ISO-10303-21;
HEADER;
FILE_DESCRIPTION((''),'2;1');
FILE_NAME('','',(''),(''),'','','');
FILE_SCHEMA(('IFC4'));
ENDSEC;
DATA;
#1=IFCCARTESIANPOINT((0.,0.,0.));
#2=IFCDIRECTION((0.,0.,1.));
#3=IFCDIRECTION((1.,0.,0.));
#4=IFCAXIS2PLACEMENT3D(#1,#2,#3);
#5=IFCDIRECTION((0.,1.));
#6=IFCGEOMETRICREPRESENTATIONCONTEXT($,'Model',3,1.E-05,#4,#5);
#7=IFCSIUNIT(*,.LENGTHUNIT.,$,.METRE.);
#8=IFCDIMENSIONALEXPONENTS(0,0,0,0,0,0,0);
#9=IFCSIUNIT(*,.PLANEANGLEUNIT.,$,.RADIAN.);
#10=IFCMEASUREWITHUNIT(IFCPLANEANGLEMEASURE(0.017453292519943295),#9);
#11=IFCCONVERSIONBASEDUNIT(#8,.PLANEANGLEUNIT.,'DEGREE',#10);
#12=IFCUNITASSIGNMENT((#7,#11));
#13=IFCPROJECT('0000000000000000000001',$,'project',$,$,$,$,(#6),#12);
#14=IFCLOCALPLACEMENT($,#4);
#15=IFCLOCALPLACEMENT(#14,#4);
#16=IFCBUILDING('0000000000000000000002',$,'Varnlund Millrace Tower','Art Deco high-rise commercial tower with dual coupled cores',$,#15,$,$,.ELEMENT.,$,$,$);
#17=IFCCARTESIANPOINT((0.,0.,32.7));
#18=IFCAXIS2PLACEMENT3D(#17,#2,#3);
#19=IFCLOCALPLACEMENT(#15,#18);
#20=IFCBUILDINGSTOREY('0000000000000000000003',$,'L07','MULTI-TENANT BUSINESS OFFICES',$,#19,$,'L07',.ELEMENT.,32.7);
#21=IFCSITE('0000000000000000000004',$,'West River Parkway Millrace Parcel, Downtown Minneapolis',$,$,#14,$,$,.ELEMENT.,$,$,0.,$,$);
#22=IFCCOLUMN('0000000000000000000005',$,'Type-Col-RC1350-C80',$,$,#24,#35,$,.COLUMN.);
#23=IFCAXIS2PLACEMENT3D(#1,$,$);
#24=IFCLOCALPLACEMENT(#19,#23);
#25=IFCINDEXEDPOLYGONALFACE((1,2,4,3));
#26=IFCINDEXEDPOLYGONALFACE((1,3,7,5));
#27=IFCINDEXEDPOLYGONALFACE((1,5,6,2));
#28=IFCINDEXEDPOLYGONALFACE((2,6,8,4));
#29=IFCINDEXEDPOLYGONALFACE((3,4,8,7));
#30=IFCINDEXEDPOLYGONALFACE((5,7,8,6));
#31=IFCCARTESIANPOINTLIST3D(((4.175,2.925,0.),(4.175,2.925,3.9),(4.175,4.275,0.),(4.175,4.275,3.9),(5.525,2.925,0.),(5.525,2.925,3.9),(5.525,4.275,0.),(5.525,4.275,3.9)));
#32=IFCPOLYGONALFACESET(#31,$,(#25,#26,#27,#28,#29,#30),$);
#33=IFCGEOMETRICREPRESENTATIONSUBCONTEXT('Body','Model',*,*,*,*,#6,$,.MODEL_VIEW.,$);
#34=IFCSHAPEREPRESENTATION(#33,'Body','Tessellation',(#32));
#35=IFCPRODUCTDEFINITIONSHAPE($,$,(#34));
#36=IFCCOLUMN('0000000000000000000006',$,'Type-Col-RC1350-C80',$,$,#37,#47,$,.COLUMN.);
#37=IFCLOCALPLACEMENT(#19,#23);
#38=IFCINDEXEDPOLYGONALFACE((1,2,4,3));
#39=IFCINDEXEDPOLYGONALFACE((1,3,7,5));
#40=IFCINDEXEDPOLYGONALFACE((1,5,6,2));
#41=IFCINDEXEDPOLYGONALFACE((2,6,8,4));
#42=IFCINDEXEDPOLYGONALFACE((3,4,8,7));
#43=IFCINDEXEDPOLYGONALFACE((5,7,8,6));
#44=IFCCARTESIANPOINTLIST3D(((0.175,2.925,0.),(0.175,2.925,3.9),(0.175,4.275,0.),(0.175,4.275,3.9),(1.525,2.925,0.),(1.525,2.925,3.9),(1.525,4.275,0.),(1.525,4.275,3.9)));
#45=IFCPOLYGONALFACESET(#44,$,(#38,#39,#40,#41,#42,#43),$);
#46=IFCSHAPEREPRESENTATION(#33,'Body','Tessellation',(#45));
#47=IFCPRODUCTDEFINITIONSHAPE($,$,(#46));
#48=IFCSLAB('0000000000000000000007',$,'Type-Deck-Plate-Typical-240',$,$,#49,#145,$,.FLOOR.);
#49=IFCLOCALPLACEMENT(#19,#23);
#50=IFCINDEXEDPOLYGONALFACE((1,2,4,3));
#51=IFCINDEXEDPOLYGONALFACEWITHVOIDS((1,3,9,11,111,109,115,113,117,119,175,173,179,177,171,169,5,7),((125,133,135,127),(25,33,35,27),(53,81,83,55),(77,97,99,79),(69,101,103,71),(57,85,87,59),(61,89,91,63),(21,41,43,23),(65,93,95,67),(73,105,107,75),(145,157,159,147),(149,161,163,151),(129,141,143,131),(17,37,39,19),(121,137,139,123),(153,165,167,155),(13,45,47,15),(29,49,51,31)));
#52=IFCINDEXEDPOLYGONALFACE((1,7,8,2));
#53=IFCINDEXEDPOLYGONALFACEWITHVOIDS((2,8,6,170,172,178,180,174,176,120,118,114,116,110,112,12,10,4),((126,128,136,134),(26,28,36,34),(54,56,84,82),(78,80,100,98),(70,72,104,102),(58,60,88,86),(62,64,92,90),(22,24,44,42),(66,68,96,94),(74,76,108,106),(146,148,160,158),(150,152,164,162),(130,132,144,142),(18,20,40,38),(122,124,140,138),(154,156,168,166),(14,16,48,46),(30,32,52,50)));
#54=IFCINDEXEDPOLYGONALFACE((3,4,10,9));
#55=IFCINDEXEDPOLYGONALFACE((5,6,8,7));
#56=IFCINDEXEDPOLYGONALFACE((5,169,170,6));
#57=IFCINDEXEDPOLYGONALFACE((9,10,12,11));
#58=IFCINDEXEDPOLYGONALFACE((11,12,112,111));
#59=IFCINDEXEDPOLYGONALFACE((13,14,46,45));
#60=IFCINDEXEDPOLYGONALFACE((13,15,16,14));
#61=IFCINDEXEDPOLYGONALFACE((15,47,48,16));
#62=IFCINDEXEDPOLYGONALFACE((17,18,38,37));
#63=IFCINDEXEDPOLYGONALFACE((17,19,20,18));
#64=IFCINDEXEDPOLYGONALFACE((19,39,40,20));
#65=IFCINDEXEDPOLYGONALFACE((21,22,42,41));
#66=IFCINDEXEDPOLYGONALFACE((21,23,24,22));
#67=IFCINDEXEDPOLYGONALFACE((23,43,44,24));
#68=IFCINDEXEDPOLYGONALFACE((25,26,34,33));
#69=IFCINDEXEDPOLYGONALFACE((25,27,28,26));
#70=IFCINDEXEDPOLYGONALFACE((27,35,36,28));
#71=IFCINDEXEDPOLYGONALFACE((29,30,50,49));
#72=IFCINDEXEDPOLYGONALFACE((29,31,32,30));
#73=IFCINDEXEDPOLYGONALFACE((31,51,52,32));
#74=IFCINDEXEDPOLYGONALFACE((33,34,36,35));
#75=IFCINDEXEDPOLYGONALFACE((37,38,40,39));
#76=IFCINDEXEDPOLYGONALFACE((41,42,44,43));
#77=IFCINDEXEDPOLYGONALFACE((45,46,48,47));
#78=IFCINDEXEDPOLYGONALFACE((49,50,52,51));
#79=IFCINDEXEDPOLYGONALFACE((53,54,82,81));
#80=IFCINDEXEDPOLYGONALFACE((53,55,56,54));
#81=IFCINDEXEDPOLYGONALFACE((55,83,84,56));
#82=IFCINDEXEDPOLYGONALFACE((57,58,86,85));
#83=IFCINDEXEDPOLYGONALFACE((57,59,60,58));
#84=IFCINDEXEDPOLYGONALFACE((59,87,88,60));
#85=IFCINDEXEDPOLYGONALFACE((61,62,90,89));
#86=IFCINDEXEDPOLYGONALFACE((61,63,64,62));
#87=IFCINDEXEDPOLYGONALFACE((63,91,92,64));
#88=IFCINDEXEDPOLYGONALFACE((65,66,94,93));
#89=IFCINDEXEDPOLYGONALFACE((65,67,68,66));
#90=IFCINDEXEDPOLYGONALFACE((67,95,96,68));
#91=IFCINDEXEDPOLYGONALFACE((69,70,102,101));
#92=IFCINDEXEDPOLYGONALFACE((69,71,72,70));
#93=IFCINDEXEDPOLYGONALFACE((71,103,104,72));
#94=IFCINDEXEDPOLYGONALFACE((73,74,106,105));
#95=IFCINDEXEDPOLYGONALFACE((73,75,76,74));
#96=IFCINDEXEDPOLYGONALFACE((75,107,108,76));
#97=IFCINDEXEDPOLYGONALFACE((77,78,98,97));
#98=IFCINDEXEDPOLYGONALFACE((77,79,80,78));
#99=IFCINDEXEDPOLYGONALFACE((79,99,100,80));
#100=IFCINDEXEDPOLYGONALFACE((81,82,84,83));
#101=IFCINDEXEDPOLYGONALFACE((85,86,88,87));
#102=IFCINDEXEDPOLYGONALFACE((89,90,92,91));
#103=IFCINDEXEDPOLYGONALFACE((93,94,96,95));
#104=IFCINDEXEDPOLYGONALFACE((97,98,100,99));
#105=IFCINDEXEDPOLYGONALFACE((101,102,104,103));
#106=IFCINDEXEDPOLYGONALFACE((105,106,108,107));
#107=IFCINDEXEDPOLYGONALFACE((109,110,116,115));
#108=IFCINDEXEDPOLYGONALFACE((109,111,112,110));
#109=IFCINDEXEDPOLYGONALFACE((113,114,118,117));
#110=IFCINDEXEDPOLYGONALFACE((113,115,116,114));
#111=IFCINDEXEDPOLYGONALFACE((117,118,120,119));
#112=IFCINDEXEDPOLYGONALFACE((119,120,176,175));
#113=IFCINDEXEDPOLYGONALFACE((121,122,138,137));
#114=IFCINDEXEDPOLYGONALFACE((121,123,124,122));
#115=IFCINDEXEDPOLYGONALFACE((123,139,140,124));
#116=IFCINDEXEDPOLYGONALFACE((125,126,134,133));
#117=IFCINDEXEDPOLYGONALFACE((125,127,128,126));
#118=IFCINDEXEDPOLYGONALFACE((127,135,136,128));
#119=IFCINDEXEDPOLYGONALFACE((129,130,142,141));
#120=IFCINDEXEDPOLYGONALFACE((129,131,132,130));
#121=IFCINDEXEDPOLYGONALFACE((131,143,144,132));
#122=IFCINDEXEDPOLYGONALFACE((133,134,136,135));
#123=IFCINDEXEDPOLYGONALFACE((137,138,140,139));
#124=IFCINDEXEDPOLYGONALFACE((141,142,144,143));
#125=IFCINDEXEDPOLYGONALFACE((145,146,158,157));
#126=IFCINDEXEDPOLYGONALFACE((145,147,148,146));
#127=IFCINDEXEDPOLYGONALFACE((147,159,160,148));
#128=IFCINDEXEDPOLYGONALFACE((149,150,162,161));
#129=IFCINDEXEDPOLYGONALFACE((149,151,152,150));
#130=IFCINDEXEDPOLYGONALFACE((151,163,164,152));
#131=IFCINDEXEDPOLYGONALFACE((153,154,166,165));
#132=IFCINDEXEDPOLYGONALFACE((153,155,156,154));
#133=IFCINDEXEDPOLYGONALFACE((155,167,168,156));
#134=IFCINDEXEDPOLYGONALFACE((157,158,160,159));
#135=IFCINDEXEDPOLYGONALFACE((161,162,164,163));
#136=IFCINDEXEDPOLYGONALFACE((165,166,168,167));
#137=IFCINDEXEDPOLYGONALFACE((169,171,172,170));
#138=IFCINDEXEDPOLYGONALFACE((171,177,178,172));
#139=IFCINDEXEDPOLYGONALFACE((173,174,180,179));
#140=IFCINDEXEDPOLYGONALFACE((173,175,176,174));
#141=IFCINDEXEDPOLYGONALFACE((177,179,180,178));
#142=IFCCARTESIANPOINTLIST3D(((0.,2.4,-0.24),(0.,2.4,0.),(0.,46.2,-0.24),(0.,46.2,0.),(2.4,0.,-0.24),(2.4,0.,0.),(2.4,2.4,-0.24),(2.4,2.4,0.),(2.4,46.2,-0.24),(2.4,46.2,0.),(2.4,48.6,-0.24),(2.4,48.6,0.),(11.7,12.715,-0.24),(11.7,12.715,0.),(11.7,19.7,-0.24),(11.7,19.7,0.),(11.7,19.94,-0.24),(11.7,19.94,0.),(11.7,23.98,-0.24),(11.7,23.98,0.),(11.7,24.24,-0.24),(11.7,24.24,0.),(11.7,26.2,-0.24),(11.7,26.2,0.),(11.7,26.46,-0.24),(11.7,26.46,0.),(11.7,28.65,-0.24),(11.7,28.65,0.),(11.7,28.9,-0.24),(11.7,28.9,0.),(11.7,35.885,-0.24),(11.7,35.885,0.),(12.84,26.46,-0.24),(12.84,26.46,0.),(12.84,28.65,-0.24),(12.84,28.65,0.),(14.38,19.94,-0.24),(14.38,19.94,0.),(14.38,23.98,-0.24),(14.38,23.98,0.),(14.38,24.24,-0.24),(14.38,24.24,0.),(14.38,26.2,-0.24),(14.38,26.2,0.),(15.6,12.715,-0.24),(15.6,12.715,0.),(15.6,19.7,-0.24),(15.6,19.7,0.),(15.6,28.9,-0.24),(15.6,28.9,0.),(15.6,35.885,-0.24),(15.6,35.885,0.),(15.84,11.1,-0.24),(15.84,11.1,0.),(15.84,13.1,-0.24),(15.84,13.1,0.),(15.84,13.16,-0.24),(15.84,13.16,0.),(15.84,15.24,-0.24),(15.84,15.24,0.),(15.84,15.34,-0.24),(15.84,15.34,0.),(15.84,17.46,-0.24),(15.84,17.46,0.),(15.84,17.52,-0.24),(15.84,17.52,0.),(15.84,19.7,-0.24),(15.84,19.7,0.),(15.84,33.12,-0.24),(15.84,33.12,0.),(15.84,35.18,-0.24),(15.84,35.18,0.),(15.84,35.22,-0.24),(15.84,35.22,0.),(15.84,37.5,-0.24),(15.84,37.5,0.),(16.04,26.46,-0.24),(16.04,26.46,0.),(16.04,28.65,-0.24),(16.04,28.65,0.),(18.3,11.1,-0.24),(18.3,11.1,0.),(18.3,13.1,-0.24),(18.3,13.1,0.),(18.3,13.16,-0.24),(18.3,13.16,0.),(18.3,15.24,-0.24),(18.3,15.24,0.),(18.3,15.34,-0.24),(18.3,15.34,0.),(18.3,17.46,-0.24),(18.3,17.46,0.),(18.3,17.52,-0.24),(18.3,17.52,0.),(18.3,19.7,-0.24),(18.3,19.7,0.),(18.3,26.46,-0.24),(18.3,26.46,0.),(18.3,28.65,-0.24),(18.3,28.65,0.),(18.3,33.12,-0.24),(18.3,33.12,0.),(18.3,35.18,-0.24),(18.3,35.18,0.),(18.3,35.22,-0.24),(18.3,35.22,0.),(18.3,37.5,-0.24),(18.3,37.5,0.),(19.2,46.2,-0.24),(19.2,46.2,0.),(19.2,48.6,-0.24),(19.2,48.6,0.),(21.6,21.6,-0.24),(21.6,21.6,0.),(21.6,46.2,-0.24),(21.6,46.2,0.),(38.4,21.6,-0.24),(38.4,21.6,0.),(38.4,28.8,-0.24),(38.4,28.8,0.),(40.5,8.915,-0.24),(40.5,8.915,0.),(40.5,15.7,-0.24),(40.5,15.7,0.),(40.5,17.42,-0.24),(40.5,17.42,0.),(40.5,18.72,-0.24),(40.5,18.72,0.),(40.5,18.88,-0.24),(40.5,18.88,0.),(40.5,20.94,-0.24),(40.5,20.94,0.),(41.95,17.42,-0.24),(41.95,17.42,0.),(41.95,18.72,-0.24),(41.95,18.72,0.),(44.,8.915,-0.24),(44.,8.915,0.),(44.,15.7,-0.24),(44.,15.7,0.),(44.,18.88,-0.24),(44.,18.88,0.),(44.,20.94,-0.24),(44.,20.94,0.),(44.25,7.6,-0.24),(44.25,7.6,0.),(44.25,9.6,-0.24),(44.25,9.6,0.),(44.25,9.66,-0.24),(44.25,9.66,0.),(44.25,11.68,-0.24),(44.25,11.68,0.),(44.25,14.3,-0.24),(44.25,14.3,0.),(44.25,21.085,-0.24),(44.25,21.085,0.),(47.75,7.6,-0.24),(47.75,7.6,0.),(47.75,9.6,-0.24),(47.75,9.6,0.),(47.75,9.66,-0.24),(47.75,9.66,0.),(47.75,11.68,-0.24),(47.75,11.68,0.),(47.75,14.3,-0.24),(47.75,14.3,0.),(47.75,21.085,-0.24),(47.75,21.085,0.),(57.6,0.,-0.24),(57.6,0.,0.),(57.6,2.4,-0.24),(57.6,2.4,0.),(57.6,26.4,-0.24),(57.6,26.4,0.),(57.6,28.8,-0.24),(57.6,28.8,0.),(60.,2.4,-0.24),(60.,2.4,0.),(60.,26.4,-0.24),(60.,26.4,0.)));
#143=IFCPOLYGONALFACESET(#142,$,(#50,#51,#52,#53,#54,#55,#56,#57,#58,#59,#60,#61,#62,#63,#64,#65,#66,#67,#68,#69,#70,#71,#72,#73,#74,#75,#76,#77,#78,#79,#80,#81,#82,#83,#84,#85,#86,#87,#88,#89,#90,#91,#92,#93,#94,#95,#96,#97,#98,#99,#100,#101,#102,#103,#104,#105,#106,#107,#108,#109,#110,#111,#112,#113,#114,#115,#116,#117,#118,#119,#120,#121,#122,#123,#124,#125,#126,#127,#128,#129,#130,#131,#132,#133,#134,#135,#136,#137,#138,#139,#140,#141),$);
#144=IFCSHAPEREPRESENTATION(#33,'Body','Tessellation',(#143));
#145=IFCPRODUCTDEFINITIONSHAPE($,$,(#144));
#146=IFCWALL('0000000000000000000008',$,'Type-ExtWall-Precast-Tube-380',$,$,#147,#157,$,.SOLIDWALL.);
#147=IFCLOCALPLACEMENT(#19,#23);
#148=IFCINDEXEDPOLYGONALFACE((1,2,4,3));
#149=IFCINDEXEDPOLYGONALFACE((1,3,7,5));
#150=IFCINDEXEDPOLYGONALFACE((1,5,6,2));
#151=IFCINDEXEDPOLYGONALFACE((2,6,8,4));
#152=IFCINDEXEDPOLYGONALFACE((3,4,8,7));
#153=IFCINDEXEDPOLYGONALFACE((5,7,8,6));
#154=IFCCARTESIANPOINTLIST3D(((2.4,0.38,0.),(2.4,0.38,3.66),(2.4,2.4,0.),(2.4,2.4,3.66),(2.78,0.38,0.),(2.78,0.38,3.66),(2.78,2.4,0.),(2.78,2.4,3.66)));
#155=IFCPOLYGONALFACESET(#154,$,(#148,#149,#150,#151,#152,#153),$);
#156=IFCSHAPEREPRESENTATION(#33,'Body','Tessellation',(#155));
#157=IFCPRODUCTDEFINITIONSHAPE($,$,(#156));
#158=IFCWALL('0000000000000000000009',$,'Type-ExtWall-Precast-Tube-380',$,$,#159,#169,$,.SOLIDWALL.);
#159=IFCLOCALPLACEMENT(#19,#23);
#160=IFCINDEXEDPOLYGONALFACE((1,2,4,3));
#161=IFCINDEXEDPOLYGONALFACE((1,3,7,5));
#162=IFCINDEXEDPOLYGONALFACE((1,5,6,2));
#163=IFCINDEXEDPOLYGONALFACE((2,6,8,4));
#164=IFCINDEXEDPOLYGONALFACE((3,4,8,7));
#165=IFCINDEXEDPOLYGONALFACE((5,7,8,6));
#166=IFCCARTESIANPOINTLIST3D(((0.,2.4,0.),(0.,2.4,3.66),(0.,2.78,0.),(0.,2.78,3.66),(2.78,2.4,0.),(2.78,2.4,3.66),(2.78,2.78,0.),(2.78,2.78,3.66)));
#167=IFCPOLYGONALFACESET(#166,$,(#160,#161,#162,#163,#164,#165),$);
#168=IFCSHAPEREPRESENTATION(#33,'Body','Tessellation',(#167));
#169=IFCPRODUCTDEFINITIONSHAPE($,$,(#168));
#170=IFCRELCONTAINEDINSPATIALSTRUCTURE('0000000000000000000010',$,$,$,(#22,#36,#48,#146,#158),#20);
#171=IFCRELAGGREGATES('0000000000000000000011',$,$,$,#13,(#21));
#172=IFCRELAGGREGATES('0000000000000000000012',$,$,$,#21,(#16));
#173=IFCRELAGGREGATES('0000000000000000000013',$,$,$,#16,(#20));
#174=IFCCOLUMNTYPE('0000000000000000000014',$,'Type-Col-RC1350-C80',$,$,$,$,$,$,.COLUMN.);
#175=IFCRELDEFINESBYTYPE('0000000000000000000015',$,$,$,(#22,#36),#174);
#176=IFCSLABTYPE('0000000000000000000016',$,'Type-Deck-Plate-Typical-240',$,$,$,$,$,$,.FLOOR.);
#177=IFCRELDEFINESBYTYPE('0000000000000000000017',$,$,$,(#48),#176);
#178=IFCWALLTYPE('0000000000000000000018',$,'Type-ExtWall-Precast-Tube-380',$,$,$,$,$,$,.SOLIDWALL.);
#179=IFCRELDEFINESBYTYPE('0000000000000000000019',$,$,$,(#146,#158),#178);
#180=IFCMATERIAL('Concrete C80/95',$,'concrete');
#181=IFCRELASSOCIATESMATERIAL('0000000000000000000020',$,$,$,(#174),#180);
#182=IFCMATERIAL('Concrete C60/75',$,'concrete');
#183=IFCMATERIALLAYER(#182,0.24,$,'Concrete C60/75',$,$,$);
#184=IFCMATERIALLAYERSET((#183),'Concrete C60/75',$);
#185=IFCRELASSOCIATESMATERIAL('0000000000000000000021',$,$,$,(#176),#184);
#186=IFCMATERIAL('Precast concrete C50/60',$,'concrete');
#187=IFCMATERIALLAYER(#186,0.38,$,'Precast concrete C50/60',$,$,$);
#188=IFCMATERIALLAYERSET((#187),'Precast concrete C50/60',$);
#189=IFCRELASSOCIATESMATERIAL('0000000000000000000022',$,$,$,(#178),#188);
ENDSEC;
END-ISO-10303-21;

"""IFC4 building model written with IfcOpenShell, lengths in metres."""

from ifc_helpers import new_model, entity, si_unit, converted_unit, direction, frame, origin_with_axes, origin_2d_with_axis, place, context, subcontext, project, spatial, polyline, rectangle, outline, extrude, material, layer, layer_set, material_profile, profile_set, type_object, element, save


model = new_model("IFC4")

# Units and contexts
model_context = context("Model", 3, precision=1e-05, world=origin_with_axes(), true_north=direction((0.0, 1.0)))
body_context = subcontext(model_context, "Body", "Model", "MODEL_VIEW")
ifc_project = project(units=[si_unit("LENGTHUNIT", "METRE"), converted_unit("PLANEANGLEUNIT", "DEGREE", entity("IfcPlaneAngleMeasure", 0.017453292519943295), si_unit("PLANEANGLEUNIT", "RADIAN"), dimensions=[0, 0, 0, 0, 0, 0, 0])], contexts=[model_context])

# Site, building, storey
site_placement = place(None, origin_with_axes())
site = spatial("IfcSite", under=ifc_project, at=site_placement, Name="West River Parkway Millrace Parcel, Downtown Minneapolis", CompositionType="ELEMENT", RefElevation=0.0)
building_placement = place(site_placement, origin_with_axes())
building = spatial("IfcBuilding", under=site, at=building_placement, Name="Varnlund Millrace Tower", Description="Art Deco high-rise commercial tower with dual coupled cores", CompositionType="ELEMENT")
storey_placement = place(building_placement, frame((0.0, 0.0, 32.7), z_axis=(0.0, 0.0, 1.0), x_axis=(1.0, 0.0, 0.0)))
storey = spatial("IfcBuildingStorey", under=building, at=storey_placement, Name="L07", Description="MULTI-TENANT BUSINESS OFFICES", LongName="L07", CompositionType="ELEMENT", Elevation=32.7)

# Columns
ifc_material_1 = material(Name="Concrete C80/95", Category="concrete")
ifc_material_profile = material_profile(ifc_material_1, rectangle(XDim=1.35, YDim=1.35, at=origin_2d_with_axis()), Name="Concrete C80/95")
ifc_profile_set = profile_set([ifc_material_profile], Name="Concrete C80/95")
column_type = type_object("IfcColumnType", Name="Type-Col-RC1350-C80", PredefinedType="COLUMN", material=ifc_profile_set)
for number, where, z_axis, x_axis, name in (
    (1, (4.85, 3.6, 0.0), (0.0, 0.0, 1.0), (1.0, 0.0, 0.0), "Type-Col-RC1350-C80"),
    (2, (0.85, 3.6, 0.0), (0.0, 0.0, 1.0), (1.0, 0.0, 0.0), "Type-Col-RC1350-C80"),
):
    element("IfcColumn", number, at=place(storey_placement, frame(where, z_axis=z_axis, x_axis=x_axis)), inside=storey, type_object=column_type, Name=name, PredefinedType="COLUMN", context=body_context, shape_type="SweptSolid", body=[
        extrude(rectangle(XDim=1.35, YDim=1.35, at=origin_2d_with_axis()), origin_with_axes(), (0.0, 0.0, 1.0), 3.9),
    ])

# Slab
ifc_material_2 = material(Name="Concrete C60/75", Category="concrete")
ifc_layer_1 = layer(ifc_material_2, 0.24, Name="Concrete C60/75")
ifc_layer_set_1 = layer_set([ifc_layer_1], Name="Concrete C60/75")
slab_type = type_object("IfcSlabType", Name="Type-Deck-Plate-Typical-240", PredefinedType="FLOOR", material=ifc_layer_set_1)
slab_placement = place(storey_placement, frame((0.0, 0.0, -0.24), z_axis=(0.0, 0.0, 1.0), x_axis=(1.0, 0.0, 0.0)))
element("IfcSlab", 3, at=slab_placement, inside=storey, type_object=slab_type, Name="Type-Deck-Plate-Typical-240", PredefinedType="FLOOR", context=body_context, shape_type="SweptSolid", body=[
    extrude(outline(polyline([(21.6, 21.6), (21.6, 46.2), (19.2, 46.2), (19.2, 48.6), (2.4, 48.6), (2.4, 46.2), (0.0, 46.2), (0.0, 2.4), (2.4, 2.4), (2.4, 0.0), (57.6, 0.0), (57.6, 2.4), (60.0, 2.4), (60.0, 26.4), (57.6, 26.4), (57.6, 28.8), (38.4, 28.8), (38.4, 21.6), (21.6, 21.6)]), holes=[polyline([(18.3, 11.1), (15.84, 11.1), (15.84, 13.1), (18.3, 13.1), (18.3, 11.1)]), polyline([(18.3, 13.16), (15.84, 13.16), (15.84, 15.24), (18.3, 15.24), (18.3, 13.16)]), polyline([(15.6, 12.715), (11.7, 12.715), (11.7, 19.7), (15.6, 19.7), (15.6, 12.715)]), polyline([(18.3, 15.34), (15.84, 15.34), (15.84, 17.46), (18.3, 17.46), (18.3, 15.34)]), polyline([(18.3, 17.52), (15.84, 17.52), (15.84, 19.7), (18.3, 19.7), (18.3, 17.52)]), polyline([(14.38, 23.98), (14.38, 19.94), (11.7, 19.94), (11.7, 23.98), (14.38, 23.98)]), polyline([(11.7, 24.24), (11.7, 26.2), (14.38, 26.2), (14.38, 24.24), (11.7, 24.24)]), polyline([(11.7, 26.46), (11.7, 28.65), (12.84, 28.65), (12.84, 26.46), (11.7, 26.46)]), polyline([(15.6, 28.9), (11.7, 28.9), (11.7, 35.885), (15.6, 35.885), (15.6, 28.9)]), polyline([(47.75, 7.6), (44.25, 7.6), (44.25, 9.6), (47.75, 9.6), (47.75, 7.6)]), polyline([(47.75, 9.66), (44.25, 9.66), (44.25, 11.68), (47.75, 11.68), (47.75, 9.66)]), polyline([(40.5, 8.915), (40.5, 15.7), (44.0, 15.7), (44.0, 8.915), (40.5, 8.915)]), polyline([(44.25, 14.3), (44.25, 21.085), (47.75, 21.085), (47.75, 14.3), (44.25, 14.3)]), polyline([(41.95, 17.42), (40.5, 17.42), (40.5, 18.72), (41.95, 18.72), (41.95, 17.42)]), polyline([(44.0, 18.88), (40.5, 18.88), (40.5, 20.94), (44.0, 20.94), (44.0, 18.88)]), polyline([(18.3, 26.46), (16.04, 26.46), (16.04, 28.65), (18.3, 28.65), (18.3, 26.46)]), polyline([(15.84, 33.12), (15.84, 35.18), (18.3, 35.18), (18.3, 33.12), (15.84, 33.12)]), polyline([(15.84, 35.22), (15.84, 37.5), (18.3, 37.5), (18.3, 35.22), (15.84, 35.22)])]), origin_with_axes(), (0.0, 0.0, 1.0), 0.24),
])

# Walls
ifc_material_3 = material(Name="Precast concrete C50/60", Category="concrete")
ifc_layer_2 = layer(ifc_material_3, 0.38, Name="Precast concrete C50/60")
ifc_layer_set_2 = layer_set([ifc_layer_2], Name="Precast concrete C50/60")
wall_type_1 = type_object("IfcWallType", Name="Type-ExtWall-Precast-Tube-380", PredefinedType="SOLIDWALL", material=ifc_layer_set_2)
wall_1_placement = place(storey_placement, frame((2.59, 0.38, 0.0), z_axis=(0.0, 0.0, 1.0), x_axis=(0.0, 1.0, 0.0)))
element("IfcWall", 4, at=wall_1_placement, inside=storey, type_object=wall_type_1, Name="Type-ExtWall-Precast-Tube-380", PredefinedType="SOLIDWALL", context=body_context, shape_type="SweptSolid", body=[
    extrude(outline(polyline([(0.0, -0.19), (2.02, -0.19), (2.02, 0.19), (0.0, 0.19), (0.0, -0.19)])), origin_with_axes(), (0.0, 0.0, 1.0), 3.66),
])
wall_2_placement = place(storey_placement, frame((2.78, 2.59, 0.0), z_axis=(0.0, 0.0, 1.0), x_axis=(-1.0, 0.0, 0.0)))
element("IfcWall", 5, at=wall_2_placement, inside=storey, type_object=wall_type_1, Name="Type-ExtWall-Precast-Tube-380", PredefinedType="SOLIDWALL", context=body_context, shape_type="SweptSolid", body=[
    extrude(outline(polyline([(0.0, -0.19), (2.78, -0.19), (2.78, 0.19), (0.0, 0.19), (0.0, -0.19)])), origin_with_axes(), (0.0, 0.0, 1.0), 3.66),
])

save(model, "model.ifc")
